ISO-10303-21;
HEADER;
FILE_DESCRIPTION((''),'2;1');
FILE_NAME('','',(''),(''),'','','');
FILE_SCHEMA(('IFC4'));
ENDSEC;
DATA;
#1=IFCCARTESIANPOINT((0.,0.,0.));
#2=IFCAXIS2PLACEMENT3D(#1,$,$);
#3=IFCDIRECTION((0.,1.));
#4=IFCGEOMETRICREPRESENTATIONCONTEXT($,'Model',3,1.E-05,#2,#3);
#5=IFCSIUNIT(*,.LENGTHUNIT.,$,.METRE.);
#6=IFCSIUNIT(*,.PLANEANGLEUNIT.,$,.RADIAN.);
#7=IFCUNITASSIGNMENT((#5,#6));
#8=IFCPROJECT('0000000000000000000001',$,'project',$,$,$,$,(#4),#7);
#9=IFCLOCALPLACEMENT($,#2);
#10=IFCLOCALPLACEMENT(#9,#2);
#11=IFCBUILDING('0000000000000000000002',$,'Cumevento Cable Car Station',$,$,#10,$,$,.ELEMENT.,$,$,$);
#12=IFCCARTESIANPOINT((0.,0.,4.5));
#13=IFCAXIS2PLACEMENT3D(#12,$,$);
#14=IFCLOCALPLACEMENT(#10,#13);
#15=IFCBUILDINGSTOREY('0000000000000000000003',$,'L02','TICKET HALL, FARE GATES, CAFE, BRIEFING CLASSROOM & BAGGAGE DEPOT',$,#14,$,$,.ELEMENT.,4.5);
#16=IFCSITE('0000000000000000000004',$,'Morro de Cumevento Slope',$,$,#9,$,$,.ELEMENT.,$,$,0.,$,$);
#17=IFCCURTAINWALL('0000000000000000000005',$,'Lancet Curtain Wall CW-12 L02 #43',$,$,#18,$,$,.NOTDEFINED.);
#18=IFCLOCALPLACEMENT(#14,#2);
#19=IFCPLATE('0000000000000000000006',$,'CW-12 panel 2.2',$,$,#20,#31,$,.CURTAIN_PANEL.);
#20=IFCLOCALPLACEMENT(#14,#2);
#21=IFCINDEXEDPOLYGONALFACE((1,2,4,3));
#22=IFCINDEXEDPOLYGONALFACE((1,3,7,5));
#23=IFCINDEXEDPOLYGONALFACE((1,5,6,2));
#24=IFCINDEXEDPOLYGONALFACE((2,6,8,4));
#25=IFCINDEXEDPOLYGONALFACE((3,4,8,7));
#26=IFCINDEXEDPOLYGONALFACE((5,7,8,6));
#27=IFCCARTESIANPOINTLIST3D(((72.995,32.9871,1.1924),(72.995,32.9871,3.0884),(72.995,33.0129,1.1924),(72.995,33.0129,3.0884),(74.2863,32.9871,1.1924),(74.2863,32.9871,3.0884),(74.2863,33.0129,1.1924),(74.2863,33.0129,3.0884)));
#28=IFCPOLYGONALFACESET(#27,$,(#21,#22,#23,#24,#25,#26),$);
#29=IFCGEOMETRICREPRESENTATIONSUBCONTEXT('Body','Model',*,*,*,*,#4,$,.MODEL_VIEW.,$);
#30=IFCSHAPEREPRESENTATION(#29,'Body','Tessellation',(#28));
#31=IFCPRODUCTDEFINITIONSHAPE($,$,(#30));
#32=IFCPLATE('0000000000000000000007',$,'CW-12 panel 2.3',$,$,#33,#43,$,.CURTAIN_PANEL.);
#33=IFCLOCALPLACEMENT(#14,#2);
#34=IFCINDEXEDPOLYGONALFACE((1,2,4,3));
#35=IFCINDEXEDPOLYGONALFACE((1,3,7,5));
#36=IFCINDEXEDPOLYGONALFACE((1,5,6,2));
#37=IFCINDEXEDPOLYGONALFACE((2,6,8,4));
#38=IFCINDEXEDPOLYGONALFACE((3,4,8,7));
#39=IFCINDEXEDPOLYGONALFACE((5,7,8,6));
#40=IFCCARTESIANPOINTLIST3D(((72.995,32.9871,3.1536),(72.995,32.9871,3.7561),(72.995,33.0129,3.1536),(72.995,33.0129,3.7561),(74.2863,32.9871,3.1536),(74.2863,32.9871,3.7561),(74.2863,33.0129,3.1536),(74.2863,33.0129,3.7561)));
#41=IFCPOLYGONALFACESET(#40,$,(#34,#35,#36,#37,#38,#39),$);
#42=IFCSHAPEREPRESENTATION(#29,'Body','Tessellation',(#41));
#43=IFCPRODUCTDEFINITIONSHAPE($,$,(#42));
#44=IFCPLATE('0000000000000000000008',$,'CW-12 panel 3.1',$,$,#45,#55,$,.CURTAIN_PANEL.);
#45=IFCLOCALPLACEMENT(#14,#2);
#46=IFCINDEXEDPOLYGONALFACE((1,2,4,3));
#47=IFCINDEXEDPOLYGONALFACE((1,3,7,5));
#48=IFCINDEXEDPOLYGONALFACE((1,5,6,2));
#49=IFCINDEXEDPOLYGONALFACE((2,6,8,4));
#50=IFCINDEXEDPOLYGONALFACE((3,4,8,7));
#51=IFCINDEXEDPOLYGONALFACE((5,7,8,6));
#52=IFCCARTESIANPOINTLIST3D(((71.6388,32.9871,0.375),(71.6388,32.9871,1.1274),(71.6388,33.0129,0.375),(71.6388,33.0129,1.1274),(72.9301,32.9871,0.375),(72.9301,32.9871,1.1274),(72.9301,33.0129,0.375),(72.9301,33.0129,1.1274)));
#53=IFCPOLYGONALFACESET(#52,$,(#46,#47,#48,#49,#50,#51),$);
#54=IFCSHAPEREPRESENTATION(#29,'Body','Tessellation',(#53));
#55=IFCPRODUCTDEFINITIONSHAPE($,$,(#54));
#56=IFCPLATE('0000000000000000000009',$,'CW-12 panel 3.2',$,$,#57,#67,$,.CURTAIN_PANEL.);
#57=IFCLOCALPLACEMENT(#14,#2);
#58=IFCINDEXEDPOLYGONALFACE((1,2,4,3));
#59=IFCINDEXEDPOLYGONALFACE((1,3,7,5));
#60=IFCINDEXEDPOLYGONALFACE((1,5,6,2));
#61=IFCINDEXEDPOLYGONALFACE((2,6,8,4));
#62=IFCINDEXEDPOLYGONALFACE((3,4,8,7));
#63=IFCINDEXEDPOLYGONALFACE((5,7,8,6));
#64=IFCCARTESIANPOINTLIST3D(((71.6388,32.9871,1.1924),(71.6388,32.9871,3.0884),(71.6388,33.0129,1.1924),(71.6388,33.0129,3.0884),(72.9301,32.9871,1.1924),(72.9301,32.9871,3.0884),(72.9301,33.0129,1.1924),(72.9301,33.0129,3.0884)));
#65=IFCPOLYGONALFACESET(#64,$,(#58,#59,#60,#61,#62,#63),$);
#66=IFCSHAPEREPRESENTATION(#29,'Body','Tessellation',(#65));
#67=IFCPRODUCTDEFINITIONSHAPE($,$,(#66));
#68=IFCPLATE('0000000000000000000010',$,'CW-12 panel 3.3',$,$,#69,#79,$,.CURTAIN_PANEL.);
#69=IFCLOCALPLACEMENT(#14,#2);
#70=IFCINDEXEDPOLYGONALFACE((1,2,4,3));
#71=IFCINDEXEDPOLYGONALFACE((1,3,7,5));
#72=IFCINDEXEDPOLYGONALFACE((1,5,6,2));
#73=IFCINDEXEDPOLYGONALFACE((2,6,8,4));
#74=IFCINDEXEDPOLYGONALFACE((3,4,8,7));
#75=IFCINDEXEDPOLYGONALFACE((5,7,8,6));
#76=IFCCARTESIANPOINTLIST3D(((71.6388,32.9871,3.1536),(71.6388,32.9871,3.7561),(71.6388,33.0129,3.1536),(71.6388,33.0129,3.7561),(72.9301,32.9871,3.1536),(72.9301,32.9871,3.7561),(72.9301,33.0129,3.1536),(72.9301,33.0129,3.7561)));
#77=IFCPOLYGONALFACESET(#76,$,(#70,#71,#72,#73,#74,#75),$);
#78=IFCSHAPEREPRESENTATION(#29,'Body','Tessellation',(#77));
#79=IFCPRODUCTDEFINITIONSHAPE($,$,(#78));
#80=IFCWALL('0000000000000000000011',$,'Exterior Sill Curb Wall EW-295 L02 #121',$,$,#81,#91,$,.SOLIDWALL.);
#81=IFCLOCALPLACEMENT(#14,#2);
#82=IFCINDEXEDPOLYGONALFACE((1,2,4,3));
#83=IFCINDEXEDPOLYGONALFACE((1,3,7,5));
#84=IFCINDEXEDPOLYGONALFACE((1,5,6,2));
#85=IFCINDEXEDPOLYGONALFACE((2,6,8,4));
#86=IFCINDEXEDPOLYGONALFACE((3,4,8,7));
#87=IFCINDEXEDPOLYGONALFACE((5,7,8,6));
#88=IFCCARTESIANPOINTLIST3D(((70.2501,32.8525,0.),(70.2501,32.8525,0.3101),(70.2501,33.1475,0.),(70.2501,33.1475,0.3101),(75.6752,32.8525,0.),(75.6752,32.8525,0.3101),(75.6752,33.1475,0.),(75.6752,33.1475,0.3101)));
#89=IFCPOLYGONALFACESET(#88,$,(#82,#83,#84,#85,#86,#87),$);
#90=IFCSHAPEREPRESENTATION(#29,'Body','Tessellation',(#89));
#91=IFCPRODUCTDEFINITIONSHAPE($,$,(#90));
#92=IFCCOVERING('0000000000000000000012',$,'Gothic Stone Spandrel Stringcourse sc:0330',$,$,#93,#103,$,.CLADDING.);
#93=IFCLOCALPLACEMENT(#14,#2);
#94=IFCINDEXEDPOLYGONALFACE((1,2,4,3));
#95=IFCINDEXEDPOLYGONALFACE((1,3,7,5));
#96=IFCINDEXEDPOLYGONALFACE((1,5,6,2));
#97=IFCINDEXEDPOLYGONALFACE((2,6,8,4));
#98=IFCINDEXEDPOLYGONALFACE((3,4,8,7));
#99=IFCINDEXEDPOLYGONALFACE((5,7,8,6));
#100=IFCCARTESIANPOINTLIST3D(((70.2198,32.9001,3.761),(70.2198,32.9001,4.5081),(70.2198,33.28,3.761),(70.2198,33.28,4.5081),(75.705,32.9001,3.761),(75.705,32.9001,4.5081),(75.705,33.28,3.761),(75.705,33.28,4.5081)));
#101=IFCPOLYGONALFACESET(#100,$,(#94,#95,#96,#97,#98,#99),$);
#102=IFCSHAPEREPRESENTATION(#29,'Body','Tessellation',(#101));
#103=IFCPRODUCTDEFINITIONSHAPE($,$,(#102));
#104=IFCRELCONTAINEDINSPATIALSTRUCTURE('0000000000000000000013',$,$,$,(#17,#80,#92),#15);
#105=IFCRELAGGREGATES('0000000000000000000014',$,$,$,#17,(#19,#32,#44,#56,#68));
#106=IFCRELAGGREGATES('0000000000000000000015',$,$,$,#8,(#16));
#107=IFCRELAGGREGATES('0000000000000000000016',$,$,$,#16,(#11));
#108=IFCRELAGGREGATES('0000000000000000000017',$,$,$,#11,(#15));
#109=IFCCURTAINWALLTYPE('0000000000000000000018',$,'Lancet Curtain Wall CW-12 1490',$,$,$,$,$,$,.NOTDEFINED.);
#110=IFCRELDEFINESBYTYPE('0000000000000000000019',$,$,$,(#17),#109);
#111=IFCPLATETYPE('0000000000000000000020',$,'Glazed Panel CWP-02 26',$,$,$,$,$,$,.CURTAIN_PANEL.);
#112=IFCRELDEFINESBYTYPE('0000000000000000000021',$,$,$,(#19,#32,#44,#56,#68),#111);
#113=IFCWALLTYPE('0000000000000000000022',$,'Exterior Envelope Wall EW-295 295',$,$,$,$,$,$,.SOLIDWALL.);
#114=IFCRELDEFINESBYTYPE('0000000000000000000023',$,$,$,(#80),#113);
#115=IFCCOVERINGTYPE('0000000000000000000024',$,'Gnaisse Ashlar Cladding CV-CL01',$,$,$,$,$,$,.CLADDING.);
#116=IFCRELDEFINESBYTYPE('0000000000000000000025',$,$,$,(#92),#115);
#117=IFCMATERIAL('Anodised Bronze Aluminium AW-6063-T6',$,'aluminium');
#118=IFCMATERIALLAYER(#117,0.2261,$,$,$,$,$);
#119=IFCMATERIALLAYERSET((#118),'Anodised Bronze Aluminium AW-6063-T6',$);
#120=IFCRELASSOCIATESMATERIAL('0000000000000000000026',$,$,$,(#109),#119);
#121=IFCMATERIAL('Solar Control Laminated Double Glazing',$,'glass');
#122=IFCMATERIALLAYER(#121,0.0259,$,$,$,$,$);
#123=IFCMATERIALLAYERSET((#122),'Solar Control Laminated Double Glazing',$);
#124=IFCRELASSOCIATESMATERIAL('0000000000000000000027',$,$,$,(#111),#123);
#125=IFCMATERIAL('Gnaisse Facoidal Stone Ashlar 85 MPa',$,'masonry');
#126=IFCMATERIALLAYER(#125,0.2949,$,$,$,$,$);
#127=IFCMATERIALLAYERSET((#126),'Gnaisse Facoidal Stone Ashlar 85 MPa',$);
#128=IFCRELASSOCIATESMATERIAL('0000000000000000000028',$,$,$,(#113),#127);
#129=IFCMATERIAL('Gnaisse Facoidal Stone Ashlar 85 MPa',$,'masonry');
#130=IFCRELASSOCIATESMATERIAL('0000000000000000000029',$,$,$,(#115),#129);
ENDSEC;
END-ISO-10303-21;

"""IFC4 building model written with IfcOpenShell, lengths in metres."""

from ifc_helpers import new_model, si_unit, direction, frame, frame_2d, origin, origin_2d, place, context, subcontext, project, spatial, rectangle, extrude, material, layer, layer_set, type_object, element, aggregate, save


model = new_model("IFC4")

# Units and contexts
model_context = context("Model", 3, precision=1e-05, world=origin(), true_north=direction((0.0, 1.0)))
body_context = subcontext(model_context, "Body", "Model", "MODEL_VIEW")
ifc_project = project(units=[si_unit("LENGTHUNIT", "METRE"), si_unit("PLANEANGLEUNIT", "RADIAN")], contexts=[model_context])

# Site, building, storey
site_placement = place(None, origin())
site = spatial("IfcSite", under=ifc_project, at=site_placement, Name="Morro de Cumevento Slope", CompositionType="ELEMENT", RefElevation=0.0)
building_placement = place(site_placement, origin())
building = spatial("IfcBuilding", under=site, at=building_placement, Name="Cumevento Cable Car Station", CompositionType="ELEMENT")
storey_placement = place(building_placement, frame((0.0, 0.0, 4.5)))
storey = spatial("IfcBuildingStorey", under=building, at=storey_placement, Name="L02", Description="TICKET HALL, FARE GATES, CAFE, BRIEFING CLASSROOM & BAGGAGE DEPOT", CompositionType="ELEMENT", Elevation=4.5)

# Curtain wall
ifc_material_1 = material(Name="Anodised Bronze Aluminium AW-6063-T6", Category="aluminium")
ifc_layer_1 = layer(ifc_material_1, 0.2261)
ifc_layer_set_1 = layer_set([ifc_layer_1], Name="Anodised Bronze Aluminium AW-6063-T6")
curtain_wall_type = type_object("IfcCurtainWallType", Name="Lancet Curtain Wall CW-12 1490", PredefinedType="NOTDEFINED", material=ifc_layer_set_1)
curtain_wall_placement = place(storey_placement, origin())
curtain_wall = element("IfcCurtainWall", 1, at=curtain_wall_placement, inside=storey, type_object=curtain_wall_type, Name="Lancet Curtain Wall CW-12 L02 #43", PredefinedType="NOTDEFINED")

# Plates
ifc_material_2 = material(Name="Solar Control Laminated Double Glazing", Category="glass")
ifc_layer_2 = layer(ifc_material_2, 0.0259)
ifc_layer_set_2 = layer_set([ifc_layer_2], Name="Solar Control Laminated Double Glazing")
plate_type = type_object("IfcPlateType", Name="Glazed Panel CWP-02 26", PredefinedType="CURTAIN_PANEL", material=ifc_layer_set_2)
plate_1_placement = place(storey_placement, frame((73.6406, 33.0, 1.1924), z_axis=(0.0, 0.0, 1.0), x_axis=(-1.0, 0.0, 0.0)))
plate_1 = element("IfcPlate", 2, at=plate_1_placement, type_object=plate_type, Name="CW-12 panel 2.2", PredefinedType="CURTAIN_PANEL", context=body_context, shape_type="SweptSolid", body=[
    extrude(rectangle(XDim=1.2913, YDim=0.0259, at=origin_2d()), origin(), (0.0, 0.0, 1.0), 1.896),
])
plate_2_placement = place(storey_placement, frame((73.6406, 33.0, 3.1536), z_axis=(0.0, 0.0, 1.0), x_axis=(-1.0, 0.0, 0.0)))
plate_2 = element("IfcPlate", 3, at=plate_2_placement, type_object=plate_type, Name="CW-12 panel 2.3", PredefinedType="CURTAIN_PANEL", context=body_context, shape_type="SweptSolid", body=[
    extrude(rectangle(XDim=1.2913, YDim=0.0259, at=origin_2d()), origin(), (0.0, 0.0, 1.0), 0.6025),
])
plate_3_placement = place(storey_placement, frame((72.2844, 33.0, 0.375), z_axis=(0.0, 0.0, 1.0), x_axis=(-1.0, 0.0, 0.0)))
plate_3 = element("IfcPlate", 4, at=plate_3_placement, type_object=plate_type, Name="CW-12 panel 3.1", PredefinedType="CURTAIN_PANEL", context=body_context, shape_type="SweptSolid", body=[
    extrude(rectangle(XDim=1.2913, YDim=0.0259, at=origin_2d()), origin(), (0.0, 0.0, 1.0), 0.7524),
])
plate_4_placement = place(storey_placement, frame((72.2844, 33.0, 1.1924), z_axis=(0.0, 0.0, 1.0), x_axis=(-1.0, 0.0, 0.0)))
plate_4 = element("IfcPlate", 5, at=plate_4_placement, type_object=plate_type, Name="CW-12 panel 3.2", PredefinedType="CURTAIN_PANEL", context=body_context, shape_type="SweptSolid", body=[
    extrude(rectangle(XDim=1.2913, YDim=0.0259, at=origin_2d()), origin(), (0.0, 0.0, 1.0), 1.896),
])
plate_5_placement = place(storey_placement, frame((72.2844, 33.0, 3.1536), z_axis=(0.0, 0.0, 1.0), x_axis=(-1.0, 0.0, 0.0)))
plate_5 = element("IfcPlate", 6, at=plate_5_placement, type_object=plate_type, Name="CW-12 panel 3.3", PredefinedType="CURTAIN_PANEL", context=body_context, shape_type="SweptSolid", body=[
    extrude(rectangle(XDim=1.2913, YDim=0.0259, at=origin_2d()), origin(), (0.0, 0.0, 1.0), 0.6025),
])
aggregate(curtain_wall, [plate_1, plate_2, plate_3, plate_4, plate_5])

# Wall
ifc_material_3 = material(Name="Gnaisse Facoidal Stone Ashlar 85 MPa", Category="masonry")
ifc_layer_3 = layer(ifc_material_3, 0.2949)
ifc_layer_set_3 = layer_set([ifc_layer_3], Name="Gnaisse Facoidal Stone Ashlar 85 MPa")
wall_type = type_object("IfcWallType", Name="Exterior Envelope Wall EW-295 295", PredefinedType="SOLIDWALL", material=ifc_layer_set_3)
wall_placement = place(storey_placement, frame((75.675, 33.0, 0.0), z_axis=(0.0, 0.0, 1.0), x_axis=(-1.0, 0.0, 0.0)))
element("IfcWall", 7, at=wall_placement, inside=storey, type_object=wall_type, Name="Exterior Sill Curb Wall EW-295 L02 #121", PredefinedType="SOLIDWALL", context=body_context, shape_type="SweptSolid", body=[
    extrude(rectangle(XDim=5.425, YDim=0.2949, at=frame_2d((2.7124, 0.0))), origin(), (0.0, 0.0, 1.0), 0.3101),
])

# Covering
ifc_material_4 = material(Name="Gnaisse Facoidal Stone Ashlar 85 MPa", Category="masonry")
covering_type = type_object("IfcCoveringType", Name="Gnaisse Ashlar Cladding CV-CL01", PredefinedType="CLADDING", material=ifc_material_4)
covering_1_placement = place(storey_placement, frame((72.9624, 33.0901, 3.761), z_axis=(0.0, 0.0, 1.0), x_axis=(-1.0, 0.0, 0.0)))
element("IfcCovering", 8, at=covering_1_placement, inside=storey, type_object=covering_type, Name="Gothic Stone Spandrel Stringcourse sc:0330", PredefinedType="CLADDING", context=body_context, shape_type="SweptSolid", body=[
    extrude(rectangle(XDim=5.4851, YDim=0.3799, at=origin_2d()), origin(), (0.0, 0.0, 1.0), 0.7471),
])

save(model, "model.ifc")
